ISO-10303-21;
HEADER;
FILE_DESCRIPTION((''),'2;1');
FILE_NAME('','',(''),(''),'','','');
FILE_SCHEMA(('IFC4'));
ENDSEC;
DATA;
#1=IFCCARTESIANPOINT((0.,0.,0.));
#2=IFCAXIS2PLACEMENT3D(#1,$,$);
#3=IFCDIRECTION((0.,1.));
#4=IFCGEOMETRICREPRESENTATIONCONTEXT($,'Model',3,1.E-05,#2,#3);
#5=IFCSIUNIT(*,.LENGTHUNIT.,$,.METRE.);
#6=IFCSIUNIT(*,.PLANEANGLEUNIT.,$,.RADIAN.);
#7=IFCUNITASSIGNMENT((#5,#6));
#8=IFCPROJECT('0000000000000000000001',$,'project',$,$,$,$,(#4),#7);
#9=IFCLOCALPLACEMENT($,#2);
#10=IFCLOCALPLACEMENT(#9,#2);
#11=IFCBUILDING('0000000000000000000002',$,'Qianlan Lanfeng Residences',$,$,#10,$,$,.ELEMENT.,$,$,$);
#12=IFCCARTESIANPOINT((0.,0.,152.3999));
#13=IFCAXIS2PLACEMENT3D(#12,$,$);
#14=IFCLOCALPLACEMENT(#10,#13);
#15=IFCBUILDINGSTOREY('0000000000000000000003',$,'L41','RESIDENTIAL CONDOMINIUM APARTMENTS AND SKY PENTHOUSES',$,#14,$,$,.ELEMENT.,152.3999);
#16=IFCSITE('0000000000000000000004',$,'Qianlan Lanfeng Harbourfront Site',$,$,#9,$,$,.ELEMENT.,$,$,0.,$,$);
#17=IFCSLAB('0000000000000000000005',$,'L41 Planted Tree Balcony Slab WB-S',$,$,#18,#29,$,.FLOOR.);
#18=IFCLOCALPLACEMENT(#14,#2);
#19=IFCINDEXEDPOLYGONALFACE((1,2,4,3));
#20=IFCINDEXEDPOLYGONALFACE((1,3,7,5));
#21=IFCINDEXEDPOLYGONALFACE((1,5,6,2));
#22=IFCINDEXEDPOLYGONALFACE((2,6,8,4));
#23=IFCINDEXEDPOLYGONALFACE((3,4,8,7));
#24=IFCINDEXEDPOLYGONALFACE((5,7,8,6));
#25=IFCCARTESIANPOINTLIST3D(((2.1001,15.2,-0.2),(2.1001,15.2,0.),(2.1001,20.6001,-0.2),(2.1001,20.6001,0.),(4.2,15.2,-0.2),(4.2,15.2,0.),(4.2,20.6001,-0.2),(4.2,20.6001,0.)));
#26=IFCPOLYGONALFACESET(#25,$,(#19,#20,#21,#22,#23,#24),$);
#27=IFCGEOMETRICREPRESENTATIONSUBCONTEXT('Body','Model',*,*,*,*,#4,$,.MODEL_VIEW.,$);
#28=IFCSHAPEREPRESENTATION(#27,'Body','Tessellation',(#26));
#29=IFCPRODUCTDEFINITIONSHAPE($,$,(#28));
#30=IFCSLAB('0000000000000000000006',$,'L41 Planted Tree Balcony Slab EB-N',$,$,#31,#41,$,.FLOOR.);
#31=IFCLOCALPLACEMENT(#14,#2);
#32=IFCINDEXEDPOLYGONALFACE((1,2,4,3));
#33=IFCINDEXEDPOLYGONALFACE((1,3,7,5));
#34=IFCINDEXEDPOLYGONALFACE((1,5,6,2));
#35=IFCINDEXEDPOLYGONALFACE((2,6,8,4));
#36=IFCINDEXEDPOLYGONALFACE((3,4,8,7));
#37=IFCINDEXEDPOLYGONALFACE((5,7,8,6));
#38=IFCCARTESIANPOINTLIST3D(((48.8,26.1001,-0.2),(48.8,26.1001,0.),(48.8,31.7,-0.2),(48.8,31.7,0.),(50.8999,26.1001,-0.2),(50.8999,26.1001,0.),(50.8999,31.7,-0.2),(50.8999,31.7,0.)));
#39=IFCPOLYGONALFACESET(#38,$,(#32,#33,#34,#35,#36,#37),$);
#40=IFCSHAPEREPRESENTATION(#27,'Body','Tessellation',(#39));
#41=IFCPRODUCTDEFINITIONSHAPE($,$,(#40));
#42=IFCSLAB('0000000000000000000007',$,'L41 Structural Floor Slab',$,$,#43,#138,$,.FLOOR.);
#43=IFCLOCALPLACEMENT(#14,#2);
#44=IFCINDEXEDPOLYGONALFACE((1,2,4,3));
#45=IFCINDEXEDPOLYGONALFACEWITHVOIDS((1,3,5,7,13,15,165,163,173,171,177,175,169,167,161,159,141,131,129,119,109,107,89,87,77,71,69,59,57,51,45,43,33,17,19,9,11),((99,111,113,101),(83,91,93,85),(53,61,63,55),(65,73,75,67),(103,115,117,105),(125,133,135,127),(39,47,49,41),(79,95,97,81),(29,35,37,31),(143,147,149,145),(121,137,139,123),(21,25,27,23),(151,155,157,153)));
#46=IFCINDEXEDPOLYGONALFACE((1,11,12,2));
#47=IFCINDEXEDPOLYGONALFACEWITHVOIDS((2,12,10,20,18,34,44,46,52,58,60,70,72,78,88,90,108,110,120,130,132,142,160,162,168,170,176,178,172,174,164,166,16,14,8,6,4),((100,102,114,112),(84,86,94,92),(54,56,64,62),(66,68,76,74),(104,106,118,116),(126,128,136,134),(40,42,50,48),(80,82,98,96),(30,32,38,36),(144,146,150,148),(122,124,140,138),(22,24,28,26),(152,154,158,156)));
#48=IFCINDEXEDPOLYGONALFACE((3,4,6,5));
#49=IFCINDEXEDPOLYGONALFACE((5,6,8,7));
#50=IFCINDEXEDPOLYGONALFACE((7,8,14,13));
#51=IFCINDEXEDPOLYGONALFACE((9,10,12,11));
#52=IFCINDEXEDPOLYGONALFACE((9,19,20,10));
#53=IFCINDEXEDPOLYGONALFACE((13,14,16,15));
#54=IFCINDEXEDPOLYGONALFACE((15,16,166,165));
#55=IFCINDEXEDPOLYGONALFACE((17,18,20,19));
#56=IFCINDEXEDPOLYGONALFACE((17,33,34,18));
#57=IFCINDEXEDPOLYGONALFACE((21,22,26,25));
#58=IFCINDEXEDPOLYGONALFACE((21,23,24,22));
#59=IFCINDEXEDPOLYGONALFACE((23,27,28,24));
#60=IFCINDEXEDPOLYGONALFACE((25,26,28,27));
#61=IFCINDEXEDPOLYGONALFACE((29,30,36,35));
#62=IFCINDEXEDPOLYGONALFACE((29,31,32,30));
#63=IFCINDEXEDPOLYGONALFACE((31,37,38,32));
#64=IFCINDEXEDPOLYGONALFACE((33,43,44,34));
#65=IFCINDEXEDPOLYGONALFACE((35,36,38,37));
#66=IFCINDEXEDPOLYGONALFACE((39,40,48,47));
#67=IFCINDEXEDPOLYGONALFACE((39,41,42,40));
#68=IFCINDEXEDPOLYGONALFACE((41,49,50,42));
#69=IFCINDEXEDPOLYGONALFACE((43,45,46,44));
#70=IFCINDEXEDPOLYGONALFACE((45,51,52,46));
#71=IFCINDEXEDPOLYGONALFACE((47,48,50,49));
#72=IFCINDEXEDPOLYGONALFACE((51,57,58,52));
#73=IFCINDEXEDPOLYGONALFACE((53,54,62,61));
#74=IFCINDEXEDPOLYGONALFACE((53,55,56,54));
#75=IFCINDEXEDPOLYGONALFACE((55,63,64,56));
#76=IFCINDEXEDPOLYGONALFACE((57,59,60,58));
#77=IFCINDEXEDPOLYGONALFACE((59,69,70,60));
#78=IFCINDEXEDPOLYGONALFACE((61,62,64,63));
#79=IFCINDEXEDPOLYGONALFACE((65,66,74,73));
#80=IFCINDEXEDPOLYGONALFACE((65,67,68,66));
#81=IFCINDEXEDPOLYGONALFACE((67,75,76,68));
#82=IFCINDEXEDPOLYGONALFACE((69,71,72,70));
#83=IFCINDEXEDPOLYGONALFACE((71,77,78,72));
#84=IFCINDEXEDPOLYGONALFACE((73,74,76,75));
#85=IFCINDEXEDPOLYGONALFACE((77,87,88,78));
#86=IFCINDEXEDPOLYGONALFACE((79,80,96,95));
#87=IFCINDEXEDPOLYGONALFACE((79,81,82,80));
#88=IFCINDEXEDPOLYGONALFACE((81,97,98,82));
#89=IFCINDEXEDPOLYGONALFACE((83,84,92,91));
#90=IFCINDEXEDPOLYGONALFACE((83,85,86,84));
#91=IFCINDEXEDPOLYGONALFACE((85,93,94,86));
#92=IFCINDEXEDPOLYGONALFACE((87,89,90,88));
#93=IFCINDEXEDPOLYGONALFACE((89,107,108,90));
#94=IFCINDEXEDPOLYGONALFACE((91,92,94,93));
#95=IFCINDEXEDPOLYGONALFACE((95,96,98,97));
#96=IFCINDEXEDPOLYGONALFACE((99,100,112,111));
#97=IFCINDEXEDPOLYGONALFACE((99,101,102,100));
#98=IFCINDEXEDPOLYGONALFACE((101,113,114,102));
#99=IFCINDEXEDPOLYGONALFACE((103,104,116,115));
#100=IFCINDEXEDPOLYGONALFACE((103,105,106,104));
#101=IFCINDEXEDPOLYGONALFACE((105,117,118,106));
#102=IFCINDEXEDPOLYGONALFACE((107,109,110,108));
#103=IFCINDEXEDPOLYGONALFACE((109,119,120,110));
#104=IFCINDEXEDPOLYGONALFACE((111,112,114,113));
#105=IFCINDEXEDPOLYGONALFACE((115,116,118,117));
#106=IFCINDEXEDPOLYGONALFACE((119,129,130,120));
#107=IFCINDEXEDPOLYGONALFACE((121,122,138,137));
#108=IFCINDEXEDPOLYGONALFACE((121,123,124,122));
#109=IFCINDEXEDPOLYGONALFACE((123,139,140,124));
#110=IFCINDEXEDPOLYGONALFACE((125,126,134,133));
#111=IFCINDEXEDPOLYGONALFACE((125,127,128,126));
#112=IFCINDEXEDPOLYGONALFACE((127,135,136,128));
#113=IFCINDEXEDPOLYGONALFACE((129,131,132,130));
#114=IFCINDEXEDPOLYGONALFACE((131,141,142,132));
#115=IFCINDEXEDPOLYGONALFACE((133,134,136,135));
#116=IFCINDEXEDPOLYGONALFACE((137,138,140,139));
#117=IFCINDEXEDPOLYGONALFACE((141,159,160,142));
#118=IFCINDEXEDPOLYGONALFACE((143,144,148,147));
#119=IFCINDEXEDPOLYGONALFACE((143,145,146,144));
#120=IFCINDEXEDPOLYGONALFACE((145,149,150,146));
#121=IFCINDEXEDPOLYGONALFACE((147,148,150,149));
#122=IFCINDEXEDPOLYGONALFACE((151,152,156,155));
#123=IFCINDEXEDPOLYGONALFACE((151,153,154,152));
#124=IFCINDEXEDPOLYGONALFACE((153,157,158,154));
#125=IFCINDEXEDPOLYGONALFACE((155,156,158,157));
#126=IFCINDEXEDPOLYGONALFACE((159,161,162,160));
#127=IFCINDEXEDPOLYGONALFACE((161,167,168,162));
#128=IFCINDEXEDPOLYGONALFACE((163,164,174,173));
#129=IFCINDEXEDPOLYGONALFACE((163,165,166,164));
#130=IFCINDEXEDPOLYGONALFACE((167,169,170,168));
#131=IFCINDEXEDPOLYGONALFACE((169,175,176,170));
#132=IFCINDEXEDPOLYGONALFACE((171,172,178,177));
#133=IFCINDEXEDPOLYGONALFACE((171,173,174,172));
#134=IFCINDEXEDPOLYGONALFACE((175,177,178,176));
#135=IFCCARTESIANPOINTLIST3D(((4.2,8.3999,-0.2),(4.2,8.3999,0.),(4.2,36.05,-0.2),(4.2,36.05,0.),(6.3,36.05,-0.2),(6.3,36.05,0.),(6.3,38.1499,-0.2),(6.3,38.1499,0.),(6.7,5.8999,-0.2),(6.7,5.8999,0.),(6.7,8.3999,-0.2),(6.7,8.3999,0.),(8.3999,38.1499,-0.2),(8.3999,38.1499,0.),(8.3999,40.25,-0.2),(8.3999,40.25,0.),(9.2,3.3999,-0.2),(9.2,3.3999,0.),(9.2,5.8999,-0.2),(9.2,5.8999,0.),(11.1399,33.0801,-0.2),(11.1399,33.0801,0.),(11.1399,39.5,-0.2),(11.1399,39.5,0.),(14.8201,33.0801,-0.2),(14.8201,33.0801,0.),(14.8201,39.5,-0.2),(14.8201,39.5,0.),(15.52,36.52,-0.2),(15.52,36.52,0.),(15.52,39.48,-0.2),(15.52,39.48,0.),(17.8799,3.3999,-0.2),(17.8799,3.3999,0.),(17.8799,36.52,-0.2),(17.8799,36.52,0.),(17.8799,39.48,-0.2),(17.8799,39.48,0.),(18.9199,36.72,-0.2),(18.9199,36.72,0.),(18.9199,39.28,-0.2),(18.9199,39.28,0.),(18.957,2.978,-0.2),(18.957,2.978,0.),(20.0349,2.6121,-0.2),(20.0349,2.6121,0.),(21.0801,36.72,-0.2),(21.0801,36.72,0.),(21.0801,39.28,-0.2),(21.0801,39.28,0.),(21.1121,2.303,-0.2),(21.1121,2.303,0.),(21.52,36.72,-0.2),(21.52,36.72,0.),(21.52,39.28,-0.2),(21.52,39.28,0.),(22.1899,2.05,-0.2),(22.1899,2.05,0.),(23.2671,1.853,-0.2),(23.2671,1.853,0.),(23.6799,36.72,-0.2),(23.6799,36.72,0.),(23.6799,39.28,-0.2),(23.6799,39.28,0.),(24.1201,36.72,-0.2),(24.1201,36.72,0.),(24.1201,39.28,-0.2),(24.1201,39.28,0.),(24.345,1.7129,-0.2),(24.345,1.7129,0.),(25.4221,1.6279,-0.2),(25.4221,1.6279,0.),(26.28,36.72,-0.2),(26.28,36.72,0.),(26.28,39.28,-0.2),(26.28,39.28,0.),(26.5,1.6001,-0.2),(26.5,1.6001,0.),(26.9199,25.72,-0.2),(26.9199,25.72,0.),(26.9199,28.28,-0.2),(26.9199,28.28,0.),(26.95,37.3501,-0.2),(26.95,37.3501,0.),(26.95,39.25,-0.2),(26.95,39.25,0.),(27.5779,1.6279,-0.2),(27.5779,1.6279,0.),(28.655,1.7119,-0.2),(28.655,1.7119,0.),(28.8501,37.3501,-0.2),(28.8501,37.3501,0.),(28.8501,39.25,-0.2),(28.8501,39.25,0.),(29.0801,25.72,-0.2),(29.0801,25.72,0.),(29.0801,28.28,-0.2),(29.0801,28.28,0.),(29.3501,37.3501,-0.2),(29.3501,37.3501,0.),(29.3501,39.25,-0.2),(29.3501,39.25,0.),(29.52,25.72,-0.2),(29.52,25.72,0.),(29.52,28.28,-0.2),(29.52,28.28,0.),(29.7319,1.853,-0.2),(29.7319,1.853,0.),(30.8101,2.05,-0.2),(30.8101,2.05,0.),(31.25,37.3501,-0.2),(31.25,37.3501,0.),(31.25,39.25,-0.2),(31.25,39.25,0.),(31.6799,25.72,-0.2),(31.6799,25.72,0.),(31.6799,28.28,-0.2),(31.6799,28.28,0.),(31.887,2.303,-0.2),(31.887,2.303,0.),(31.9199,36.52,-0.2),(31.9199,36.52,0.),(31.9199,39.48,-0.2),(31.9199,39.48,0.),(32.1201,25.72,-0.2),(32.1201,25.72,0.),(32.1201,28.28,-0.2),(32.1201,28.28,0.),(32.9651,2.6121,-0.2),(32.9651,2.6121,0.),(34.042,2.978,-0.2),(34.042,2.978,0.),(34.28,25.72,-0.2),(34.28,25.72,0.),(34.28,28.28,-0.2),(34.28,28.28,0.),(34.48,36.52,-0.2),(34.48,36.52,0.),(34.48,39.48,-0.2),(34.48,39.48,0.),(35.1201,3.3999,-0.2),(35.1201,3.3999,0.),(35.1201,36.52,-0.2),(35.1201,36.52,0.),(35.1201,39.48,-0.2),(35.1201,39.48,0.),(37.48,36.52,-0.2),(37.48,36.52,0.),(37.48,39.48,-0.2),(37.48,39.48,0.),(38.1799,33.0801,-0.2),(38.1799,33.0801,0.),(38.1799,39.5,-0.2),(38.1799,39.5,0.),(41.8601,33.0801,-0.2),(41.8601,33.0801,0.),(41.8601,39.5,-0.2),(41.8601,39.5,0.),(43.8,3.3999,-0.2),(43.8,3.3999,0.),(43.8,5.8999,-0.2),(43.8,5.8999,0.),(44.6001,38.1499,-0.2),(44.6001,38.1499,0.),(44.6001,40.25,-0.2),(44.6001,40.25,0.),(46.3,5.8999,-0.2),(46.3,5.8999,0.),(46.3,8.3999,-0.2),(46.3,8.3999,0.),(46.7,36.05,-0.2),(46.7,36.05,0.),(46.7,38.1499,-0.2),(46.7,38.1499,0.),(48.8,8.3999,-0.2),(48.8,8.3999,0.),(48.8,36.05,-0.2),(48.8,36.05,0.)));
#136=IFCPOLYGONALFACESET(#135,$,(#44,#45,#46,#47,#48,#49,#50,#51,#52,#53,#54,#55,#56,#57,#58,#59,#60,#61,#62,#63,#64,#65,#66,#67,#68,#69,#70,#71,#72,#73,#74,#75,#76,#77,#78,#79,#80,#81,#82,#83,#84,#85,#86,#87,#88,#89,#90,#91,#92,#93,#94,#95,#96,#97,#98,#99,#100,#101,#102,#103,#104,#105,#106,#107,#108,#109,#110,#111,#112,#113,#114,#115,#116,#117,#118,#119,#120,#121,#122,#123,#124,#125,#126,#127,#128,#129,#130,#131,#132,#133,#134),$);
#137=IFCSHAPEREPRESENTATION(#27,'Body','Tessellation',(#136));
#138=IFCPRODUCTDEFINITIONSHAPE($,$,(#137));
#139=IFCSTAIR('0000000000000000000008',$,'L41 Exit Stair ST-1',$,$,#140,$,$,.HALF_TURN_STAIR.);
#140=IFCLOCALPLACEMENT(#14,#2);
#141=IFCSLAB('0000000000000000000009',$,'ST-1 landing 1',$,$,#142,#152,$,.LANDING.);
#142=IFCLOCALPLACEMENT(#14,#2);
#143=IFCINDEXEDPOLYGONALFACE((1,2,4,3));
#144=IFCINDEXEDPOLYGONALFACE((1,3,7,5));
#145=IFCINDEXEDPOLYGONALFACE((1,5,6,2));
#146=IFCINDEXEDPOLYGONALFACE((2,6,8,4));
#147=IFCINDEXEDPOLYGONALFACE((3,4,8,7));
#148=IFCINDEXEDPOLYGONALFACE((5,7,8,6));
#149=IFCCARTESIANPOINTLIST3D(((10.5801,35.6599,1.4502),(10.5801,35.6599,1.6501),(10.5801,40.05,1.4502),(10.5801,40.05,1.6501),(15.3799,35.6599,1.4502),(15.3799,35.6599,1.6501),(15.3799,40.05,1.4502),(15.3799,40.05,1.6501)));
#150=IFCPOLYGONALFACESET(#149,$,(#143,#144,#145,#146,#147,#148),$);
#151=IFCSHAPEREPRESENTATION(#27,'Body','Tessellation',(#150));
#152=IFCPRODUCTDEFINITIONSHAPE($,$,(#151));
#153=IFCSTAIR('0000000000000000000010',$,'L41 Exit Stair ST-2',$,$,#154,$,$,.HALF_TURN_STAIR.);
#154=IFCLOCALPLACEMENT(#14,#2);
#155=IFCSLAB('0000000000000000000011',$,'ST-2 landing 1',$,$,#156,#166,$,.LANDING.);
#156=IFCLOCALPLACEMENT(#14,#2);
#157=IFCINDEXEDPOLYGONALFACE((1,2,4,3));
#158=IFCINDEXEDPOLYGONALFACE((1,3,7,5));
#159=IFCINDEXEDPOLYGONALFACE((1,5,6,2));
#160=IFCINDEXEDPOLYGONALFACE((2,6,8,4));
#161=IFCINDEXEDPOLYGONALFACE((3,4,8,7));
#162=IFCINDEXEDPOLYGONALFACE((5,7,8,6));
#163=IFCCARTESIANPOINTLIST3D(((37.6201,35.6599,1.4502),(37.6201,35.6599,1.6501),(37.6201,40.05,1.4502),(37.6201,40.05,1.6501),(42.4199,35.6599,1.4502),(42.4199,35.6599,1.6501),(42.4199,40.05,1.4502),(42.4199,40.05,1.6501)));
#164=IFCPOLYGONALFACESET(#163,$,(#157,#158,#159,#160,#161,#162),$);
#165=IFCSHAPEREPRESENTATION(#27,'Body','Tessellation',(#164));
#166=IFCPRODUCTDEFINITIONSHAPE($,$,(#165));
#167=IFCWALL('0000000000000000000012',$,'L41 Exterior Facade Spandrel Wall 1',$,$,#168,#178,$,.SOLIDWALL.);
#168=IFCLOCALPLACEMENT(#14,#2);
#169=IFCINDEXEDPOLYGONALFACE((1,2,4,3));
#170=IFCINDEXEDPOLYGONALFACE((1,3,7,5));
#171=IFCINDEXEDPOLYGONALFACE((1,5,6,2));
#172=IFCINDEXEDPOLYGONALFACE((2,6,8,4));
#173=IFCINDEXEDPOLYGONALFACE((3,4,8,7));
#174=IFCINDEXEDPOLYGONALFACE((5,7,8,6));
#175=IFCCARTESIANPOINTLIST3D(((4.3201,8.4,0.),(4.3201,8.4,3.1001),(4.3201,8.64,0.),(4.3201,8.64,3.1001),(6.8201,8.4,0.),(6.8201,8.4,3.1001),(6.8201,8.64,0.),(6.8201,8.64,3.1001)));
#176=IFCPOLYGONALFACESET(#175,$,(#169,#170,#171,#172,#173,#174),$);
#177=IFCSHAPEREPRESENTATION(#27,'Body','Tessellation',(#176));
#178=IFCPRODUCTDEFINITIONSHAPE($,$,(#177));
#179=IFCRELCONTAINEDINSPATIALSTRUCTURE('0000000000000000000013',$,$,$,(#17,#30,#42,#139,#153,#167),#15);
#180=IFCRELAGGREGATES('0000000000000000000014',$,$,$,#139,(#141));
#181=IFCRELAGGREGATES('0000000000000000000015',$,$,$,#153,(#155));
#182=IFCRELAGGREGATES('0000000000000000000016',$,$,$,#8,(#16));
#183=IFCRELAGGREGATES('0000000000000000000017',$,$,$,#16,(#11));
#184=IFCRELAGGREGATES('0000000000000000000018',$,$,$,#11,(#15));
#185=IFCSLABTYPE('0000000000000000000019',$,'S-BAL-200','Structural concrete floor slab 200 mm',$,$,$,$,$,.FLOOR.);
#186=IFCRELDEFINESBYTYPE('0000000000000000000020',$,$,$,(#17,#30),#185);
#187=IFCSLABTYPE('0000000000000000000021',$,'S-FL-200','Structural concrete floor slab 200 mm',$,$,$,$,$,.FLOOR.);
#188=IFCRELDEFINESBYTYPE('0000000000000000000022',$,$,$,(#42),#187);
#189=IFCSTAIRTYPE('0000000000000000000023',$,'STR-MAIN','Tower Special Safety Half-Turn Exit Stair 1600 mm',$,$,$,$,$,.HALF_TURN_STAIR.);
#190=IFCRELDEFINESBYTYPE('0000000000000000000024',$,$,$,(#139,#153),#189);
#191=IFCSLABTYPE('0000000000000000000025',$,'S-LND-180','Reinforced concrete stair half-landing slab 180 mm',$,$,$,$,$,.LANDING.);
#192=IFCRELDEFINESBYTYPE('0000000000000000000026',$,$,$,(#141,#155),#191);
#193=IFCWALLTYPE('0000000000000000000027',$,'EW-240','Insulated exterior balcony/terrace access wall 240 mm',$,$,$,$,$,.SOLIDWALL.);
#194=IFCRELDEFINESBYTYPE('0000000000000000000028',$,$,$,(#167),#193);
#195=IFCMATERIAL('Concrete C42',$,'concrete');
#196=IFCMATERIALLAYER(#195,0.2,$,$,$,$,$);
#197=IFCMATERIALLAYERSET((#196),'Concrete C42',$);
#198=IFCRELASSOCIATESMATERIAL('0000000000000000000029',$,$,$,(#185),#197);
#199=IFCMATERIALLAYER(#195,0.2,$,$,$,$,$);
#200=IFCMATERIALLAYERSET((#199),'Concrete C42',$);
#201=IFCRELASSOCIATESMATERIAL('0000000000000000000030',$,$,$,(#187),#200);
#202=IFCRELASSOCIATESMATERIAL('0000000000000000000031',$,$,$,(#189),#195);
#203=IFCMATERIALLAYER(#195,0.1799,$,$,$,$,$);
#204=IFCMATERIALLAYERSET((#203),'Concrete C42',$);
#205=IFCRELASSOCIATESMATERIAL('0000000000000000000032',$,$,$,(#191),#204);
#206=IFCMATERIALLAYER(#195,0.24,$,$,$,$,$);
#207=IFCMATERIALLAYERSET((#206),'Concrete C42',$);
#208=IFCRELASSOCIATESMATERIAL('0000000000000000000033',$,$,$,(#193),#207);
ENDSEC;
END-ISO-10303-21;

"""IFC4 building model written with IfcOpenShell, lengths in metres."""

from ifc_helpers import new_model, si_unit, direction, frame, frame_2d, origin, place, context, subcontext, project, spatial, polyline, rectangle, outline, extrude, material, layer, layer_set, type_object, element, aggregate, save


model = new_model("IFC4")

# Units and contexts
model_context = context("Model", 3, precision=1e-05, world=origin(), true_north=direction((0.0, 1.0)))
body_context = subcontext(model_context, "Body", "Model", "MODEL_VIEW")
ifc_project = project(units=[si_unit("LENGTHUNIT", "METRE"), si_unit("PLANEANGLEUNIT", "RADIAN")], contexts=[model_context])

# Site, building, storey
site_placement = place(None, origin())
site = spatial("IfcSite", under=ifc_project, at=site_placement, Name="Qianlan Lanfeng Harbourfront Site", CompositionType="ELEMENT", RefElevation=0.0)
building_placement = place(site_placement, origin())
building = spatial("IfcBuilding", under=site, at=building_placement, Name="Qianlan Lanfeng Residences", CompositionType="ELEMENT")
storey_placement = place(building_placement, frame((0.0, 0.0, 152.3999)))
storey = spatial("IfcBuildingStorey", under=building, at=storey_placement, Name="L41", Description="RESIDENTIAL CONDOMINIUM APARTMENTS AND SKY PENTHOUSES", CompositionType="ELEMENT", Elevation=152.3999)

# Slabs
ifc_material_1 = material(Name="Concrete C42", Category="concrete")
ifc_layer_1 = layer(ifc_material_1, 0.2)
ifc_layer_set_1 = layer_set([ifc_layer_1], Name="Concrete C42")
slab_type_1 = type_object("IfcSlabType", Name="S-BAL-200", Description="Structural concrete floor slab 200 mm", PredefinedType="FLOOR", material=ifc_layer_set_1)
slab_1_placement = place(storey_placement, frame((0.0, 0.0, -0.2)))
element("IfcSlab", 1, at=slab_1_placement, inside=storey, type_object=slab_type_1, Name="L41 Planted Tree Balcony Slab WB-S", PredefinedType="FLOOR", context=body_context, shape_type="SweptSolid", body=[
    extrude(outline(polyline([(4.2, 15.2), (4.2, 20.6001), (2.1001, 20.6001), (2.1001, 15.2), (4.2, 15.2)])), origin(), (0.0, 0.0, 1.0), 0.2),
])
slab_2_placement = place(storey_placement, frame((0.0, 0.0, -0.2)))
element("IfcSlab", 2, at=slab_2_placement, inside=storey, type_object=slab_type_1, Name="L41 Planted Tree Balcony Slab EB-N", PredefinedType="FLOOR", context=body_context, shape_type="SweptSolid", body=[
    extrude(outline(polyline([(48.8, 31.7), (48.8, 26.1001), (50.8999, 26.1001), (50.8999, 31.7), (48.8, 31.7)])), origin(), (0.0, 0.0, 1.0), 0.2),
])
ifc_layer_2 = layer(ifc_material_1, 0.2)
ifc_layer_set_2 = layer_set([ifc_layer_2], Name="Concrete C42")
slab_type_2 = type_object("IfcSlabType", Name="S-FL-200", Description="Structural concrete floor slab 200 mm", PredefinedType="FLOOR", material=ifc_layer_set_2)
slab_3_placement = place(storey_placement, frame((0.0, 0.0, -0.2)))
element("IfcSlab", 3, at=slab_3_placement, inside=storey, type_object=slab_type_2, Name="L41 Structural Floor Slab", PredefinedType="FLOOR", context=body_context, shape_type="SweptSolid", body=[
    extrude(outline(polyline([(4.2, 8.3999), (6.7, 8.3999), (6.7, 5.8999), (9.2, 5.8999), (9.2, 3.3999), (17.8799, 3.3999), (18.957, 2.978), (20.0349, 2.6121), (21.1121, 2.303), (22.1899, 2.05), (23.2671, 1.853), (24.345, 1.7129), (25.4221, 1.6279), (26.5, 1.6001), (27.5779, 1.6279), (28.655, 1.7119), (29.7319, 1.853), (30.8101, 2.05), (31.887, 2.303), (32.9651, 2.6121), (34.042, 2.978), (35.1201, 3.3999), (43.8, 3.3999), (43.8, 5.8999), (46.3, 5.8999), (46.3, 8.3999), (48.8, 8.3999), (48.8, 36.05), (46.7, 36.05), (46.7, 38.1499), (44.6001, 38.1499), (44.6001, 40.25), (8.3999, 40.25), (8.3999, 38.1499), (6.3, 38.1499), (6.3, 36.05), (4.2, 36.05), (4.2, 8.3999)]), holes=[polyline([(11.1399, 33.0801), (11.1399, 39.5), (14.8201, 39.5), (14.8201, 33.0801), (11.1399, 33.0801)]), polyline([(38.1799, 33.0801), (38.1799, 39.5), (41.8601, 39.5), (41.8601, 33.0801), (38.1799, 33.0801)]), polyline([(15.52, 36.52), (15.52, 39.48), (17.8799, 39.48), (17.8799, 36.52), (15.52, 36.52)]), polyline([(35.1201, 36.52), (35.1201, 39.48), (37.48, 39.48), (37.48, 36.52), (35.1201, 36.52)]), polyline([(31.9199, 36.52), (31.9199, 39.48), (34.48, 39.48), (34.48, 36.52), (31.9199, 36.52)]), polyline([(26.9199, 25.72), (26.9199, 28.28), (29.0801, 28.28), (29.0801, 25.72), (26.9199, 25.72)]), polyline([(29.52, 25.72), (29.52, 28.28), (31.6799, 28.28), (31.6799, 25.72), (29.52, 25.72)]), polyline([(32.1201, 25.72), (32.1201, 28.28), (34.28, 28.28), (34.28, 25.72), (32.1201, 25.72)]), polyline([(18.9199, 36.72), (18.9199, 39.28), (21.0801, 39.28), (21.0801, 36.72), (18.9199, 36.72)]), polyline([(21.52, 36.72), (21.52, 39.28), (23.6799, 39.28), (23.6799, 36.72), (21.52, 36.72)]), polyline([(24.1201, 36.72), (24.1201, 39.28), (26.28, 39.28), (26.28, 36.72), (24.1201, 36.72)]), polyline([(26.95, 37.3501), (26.95, 39.25), (28.8501, 39.25), (28.8501, 37.3501), (26.95, 37.3501)]), polyline([(29.3501, 37.3501), (29.3501, 39.25), (31.25, 39.25), (31.25, 37.3501), (29.3501, 37.3501)])]), origin(), (0.0, 0.0, 1.0), 0.2),
])

# Stairs, slabs
stair_type = type_object("IfcStairType", Name="STR-MAIN", Description="Tower Special Safety Half-Turn Exit Stair 1600 mm", PredefinedType="HALF_TURN_STAIR", material=ifc_material_1)
stair_1_placement = place(storey_placement, origin())
stair_1 = element("IfcStair", 4, at=stair_1_placement, inside=storey, type_object=stair_type, Name="L41 Exit Stair ST-1", PredefinedType="HALF_TURN_STAIR")
ifc_layer_3 = layer(ifc_material_1, 0.1799)
ifc_layer_set_3 = layer_set([ifc_layer_3], Name="Concrete C42")
slab_type_3 = type_object("IfcSlabType", Name="S-LND-180", Description="Reinforced concrete stair half-landing slab 180 mm", PredefinedType="LANDING", material=ifc_layer_set_3)
slab_4_placement = place(storey_placement, frame((0.0, 0.0, 1.4502)))
slab_4 = element("IfcSlab", 5, at=slab_4_placement, type_object=slab_type_3, Name="ST-1 landing 1", PredefinedType="LANDING", context=body_context, shape_type="SweptSolid", body=[
    extrude(outline(polyline([(10.5801, 35.6599), (15.3799, 35.6599), (15.3799, 40.05), (10.5801, 40.05), (10.5801, 35.6599)])), origin(), (0.0, 0.0, 1.0), 0.2),
])
aggregate(stair_1, [slab_4])
stair_2_placement = place(storey_placement, origin())
stair_2 = element("IfcStair", 6, at=stair_2_placement, inside=storey, type_object=stair_type, Name="L41 Exit Stair ST-2", PredefinedType="HALF_TURN_STAIR")
slab_5_placement = place(storey_placement, frame((0.0, 0.0, 1.4502)))
slab_5 = element("IfcSlab", 7, at=slab_5_placement, type_object=slab_type_3, Name="ST-2 landing 1", PredefinedType="LANDING", context=body_context, shape_type="SweptSolid", body=[
    extrude(outline(polyline([(37.6201, 35.6599), (42.4199, 35.6599), (42.4199, 40.05), (37.6201, 40.05), (37.6201, 35.6599)])), origin(), (0.0, 0.0, 1.0), 0.2),
])
aggregate(stair_2, [slab_5])

# Wall
ifc_layer_4 = layer(ifc_material_1, 0.24)
ifc_layer_set_4 = layer_set([ifc_layer_4], Name="Concrete C42")
wall_type = type_object("IfcWallType", Name="EW-240", Description="Insulated exterior balcony/terrace access wall 240 mm", PredefinedType="SOLIDWALL", material=ifc_layer_set_4)
wall_placement = place(storey_placement, frame((4.3201, 8.52, 0.0), z_axis=(0.0, 0.0, 1.0), x_axis=(1.0, 0.0, 0.0)))
element("IfcWall", 8, at=wall_placement, inside=storey, type_object=wall_type, Name="L41 Exterior Facade Spandrel Wall 1", PredefinedType="SOLIDWALL", context=body_context, shape_type="SweptSolid", body=[
    extrude(rectangle(XDim=2.5, YDim=0.24, at=frame_2d((1.25, 0.0))), origin(), (0.0, 0.0, 1.0), 3.1001),
])

save(model, "model.ifc")
